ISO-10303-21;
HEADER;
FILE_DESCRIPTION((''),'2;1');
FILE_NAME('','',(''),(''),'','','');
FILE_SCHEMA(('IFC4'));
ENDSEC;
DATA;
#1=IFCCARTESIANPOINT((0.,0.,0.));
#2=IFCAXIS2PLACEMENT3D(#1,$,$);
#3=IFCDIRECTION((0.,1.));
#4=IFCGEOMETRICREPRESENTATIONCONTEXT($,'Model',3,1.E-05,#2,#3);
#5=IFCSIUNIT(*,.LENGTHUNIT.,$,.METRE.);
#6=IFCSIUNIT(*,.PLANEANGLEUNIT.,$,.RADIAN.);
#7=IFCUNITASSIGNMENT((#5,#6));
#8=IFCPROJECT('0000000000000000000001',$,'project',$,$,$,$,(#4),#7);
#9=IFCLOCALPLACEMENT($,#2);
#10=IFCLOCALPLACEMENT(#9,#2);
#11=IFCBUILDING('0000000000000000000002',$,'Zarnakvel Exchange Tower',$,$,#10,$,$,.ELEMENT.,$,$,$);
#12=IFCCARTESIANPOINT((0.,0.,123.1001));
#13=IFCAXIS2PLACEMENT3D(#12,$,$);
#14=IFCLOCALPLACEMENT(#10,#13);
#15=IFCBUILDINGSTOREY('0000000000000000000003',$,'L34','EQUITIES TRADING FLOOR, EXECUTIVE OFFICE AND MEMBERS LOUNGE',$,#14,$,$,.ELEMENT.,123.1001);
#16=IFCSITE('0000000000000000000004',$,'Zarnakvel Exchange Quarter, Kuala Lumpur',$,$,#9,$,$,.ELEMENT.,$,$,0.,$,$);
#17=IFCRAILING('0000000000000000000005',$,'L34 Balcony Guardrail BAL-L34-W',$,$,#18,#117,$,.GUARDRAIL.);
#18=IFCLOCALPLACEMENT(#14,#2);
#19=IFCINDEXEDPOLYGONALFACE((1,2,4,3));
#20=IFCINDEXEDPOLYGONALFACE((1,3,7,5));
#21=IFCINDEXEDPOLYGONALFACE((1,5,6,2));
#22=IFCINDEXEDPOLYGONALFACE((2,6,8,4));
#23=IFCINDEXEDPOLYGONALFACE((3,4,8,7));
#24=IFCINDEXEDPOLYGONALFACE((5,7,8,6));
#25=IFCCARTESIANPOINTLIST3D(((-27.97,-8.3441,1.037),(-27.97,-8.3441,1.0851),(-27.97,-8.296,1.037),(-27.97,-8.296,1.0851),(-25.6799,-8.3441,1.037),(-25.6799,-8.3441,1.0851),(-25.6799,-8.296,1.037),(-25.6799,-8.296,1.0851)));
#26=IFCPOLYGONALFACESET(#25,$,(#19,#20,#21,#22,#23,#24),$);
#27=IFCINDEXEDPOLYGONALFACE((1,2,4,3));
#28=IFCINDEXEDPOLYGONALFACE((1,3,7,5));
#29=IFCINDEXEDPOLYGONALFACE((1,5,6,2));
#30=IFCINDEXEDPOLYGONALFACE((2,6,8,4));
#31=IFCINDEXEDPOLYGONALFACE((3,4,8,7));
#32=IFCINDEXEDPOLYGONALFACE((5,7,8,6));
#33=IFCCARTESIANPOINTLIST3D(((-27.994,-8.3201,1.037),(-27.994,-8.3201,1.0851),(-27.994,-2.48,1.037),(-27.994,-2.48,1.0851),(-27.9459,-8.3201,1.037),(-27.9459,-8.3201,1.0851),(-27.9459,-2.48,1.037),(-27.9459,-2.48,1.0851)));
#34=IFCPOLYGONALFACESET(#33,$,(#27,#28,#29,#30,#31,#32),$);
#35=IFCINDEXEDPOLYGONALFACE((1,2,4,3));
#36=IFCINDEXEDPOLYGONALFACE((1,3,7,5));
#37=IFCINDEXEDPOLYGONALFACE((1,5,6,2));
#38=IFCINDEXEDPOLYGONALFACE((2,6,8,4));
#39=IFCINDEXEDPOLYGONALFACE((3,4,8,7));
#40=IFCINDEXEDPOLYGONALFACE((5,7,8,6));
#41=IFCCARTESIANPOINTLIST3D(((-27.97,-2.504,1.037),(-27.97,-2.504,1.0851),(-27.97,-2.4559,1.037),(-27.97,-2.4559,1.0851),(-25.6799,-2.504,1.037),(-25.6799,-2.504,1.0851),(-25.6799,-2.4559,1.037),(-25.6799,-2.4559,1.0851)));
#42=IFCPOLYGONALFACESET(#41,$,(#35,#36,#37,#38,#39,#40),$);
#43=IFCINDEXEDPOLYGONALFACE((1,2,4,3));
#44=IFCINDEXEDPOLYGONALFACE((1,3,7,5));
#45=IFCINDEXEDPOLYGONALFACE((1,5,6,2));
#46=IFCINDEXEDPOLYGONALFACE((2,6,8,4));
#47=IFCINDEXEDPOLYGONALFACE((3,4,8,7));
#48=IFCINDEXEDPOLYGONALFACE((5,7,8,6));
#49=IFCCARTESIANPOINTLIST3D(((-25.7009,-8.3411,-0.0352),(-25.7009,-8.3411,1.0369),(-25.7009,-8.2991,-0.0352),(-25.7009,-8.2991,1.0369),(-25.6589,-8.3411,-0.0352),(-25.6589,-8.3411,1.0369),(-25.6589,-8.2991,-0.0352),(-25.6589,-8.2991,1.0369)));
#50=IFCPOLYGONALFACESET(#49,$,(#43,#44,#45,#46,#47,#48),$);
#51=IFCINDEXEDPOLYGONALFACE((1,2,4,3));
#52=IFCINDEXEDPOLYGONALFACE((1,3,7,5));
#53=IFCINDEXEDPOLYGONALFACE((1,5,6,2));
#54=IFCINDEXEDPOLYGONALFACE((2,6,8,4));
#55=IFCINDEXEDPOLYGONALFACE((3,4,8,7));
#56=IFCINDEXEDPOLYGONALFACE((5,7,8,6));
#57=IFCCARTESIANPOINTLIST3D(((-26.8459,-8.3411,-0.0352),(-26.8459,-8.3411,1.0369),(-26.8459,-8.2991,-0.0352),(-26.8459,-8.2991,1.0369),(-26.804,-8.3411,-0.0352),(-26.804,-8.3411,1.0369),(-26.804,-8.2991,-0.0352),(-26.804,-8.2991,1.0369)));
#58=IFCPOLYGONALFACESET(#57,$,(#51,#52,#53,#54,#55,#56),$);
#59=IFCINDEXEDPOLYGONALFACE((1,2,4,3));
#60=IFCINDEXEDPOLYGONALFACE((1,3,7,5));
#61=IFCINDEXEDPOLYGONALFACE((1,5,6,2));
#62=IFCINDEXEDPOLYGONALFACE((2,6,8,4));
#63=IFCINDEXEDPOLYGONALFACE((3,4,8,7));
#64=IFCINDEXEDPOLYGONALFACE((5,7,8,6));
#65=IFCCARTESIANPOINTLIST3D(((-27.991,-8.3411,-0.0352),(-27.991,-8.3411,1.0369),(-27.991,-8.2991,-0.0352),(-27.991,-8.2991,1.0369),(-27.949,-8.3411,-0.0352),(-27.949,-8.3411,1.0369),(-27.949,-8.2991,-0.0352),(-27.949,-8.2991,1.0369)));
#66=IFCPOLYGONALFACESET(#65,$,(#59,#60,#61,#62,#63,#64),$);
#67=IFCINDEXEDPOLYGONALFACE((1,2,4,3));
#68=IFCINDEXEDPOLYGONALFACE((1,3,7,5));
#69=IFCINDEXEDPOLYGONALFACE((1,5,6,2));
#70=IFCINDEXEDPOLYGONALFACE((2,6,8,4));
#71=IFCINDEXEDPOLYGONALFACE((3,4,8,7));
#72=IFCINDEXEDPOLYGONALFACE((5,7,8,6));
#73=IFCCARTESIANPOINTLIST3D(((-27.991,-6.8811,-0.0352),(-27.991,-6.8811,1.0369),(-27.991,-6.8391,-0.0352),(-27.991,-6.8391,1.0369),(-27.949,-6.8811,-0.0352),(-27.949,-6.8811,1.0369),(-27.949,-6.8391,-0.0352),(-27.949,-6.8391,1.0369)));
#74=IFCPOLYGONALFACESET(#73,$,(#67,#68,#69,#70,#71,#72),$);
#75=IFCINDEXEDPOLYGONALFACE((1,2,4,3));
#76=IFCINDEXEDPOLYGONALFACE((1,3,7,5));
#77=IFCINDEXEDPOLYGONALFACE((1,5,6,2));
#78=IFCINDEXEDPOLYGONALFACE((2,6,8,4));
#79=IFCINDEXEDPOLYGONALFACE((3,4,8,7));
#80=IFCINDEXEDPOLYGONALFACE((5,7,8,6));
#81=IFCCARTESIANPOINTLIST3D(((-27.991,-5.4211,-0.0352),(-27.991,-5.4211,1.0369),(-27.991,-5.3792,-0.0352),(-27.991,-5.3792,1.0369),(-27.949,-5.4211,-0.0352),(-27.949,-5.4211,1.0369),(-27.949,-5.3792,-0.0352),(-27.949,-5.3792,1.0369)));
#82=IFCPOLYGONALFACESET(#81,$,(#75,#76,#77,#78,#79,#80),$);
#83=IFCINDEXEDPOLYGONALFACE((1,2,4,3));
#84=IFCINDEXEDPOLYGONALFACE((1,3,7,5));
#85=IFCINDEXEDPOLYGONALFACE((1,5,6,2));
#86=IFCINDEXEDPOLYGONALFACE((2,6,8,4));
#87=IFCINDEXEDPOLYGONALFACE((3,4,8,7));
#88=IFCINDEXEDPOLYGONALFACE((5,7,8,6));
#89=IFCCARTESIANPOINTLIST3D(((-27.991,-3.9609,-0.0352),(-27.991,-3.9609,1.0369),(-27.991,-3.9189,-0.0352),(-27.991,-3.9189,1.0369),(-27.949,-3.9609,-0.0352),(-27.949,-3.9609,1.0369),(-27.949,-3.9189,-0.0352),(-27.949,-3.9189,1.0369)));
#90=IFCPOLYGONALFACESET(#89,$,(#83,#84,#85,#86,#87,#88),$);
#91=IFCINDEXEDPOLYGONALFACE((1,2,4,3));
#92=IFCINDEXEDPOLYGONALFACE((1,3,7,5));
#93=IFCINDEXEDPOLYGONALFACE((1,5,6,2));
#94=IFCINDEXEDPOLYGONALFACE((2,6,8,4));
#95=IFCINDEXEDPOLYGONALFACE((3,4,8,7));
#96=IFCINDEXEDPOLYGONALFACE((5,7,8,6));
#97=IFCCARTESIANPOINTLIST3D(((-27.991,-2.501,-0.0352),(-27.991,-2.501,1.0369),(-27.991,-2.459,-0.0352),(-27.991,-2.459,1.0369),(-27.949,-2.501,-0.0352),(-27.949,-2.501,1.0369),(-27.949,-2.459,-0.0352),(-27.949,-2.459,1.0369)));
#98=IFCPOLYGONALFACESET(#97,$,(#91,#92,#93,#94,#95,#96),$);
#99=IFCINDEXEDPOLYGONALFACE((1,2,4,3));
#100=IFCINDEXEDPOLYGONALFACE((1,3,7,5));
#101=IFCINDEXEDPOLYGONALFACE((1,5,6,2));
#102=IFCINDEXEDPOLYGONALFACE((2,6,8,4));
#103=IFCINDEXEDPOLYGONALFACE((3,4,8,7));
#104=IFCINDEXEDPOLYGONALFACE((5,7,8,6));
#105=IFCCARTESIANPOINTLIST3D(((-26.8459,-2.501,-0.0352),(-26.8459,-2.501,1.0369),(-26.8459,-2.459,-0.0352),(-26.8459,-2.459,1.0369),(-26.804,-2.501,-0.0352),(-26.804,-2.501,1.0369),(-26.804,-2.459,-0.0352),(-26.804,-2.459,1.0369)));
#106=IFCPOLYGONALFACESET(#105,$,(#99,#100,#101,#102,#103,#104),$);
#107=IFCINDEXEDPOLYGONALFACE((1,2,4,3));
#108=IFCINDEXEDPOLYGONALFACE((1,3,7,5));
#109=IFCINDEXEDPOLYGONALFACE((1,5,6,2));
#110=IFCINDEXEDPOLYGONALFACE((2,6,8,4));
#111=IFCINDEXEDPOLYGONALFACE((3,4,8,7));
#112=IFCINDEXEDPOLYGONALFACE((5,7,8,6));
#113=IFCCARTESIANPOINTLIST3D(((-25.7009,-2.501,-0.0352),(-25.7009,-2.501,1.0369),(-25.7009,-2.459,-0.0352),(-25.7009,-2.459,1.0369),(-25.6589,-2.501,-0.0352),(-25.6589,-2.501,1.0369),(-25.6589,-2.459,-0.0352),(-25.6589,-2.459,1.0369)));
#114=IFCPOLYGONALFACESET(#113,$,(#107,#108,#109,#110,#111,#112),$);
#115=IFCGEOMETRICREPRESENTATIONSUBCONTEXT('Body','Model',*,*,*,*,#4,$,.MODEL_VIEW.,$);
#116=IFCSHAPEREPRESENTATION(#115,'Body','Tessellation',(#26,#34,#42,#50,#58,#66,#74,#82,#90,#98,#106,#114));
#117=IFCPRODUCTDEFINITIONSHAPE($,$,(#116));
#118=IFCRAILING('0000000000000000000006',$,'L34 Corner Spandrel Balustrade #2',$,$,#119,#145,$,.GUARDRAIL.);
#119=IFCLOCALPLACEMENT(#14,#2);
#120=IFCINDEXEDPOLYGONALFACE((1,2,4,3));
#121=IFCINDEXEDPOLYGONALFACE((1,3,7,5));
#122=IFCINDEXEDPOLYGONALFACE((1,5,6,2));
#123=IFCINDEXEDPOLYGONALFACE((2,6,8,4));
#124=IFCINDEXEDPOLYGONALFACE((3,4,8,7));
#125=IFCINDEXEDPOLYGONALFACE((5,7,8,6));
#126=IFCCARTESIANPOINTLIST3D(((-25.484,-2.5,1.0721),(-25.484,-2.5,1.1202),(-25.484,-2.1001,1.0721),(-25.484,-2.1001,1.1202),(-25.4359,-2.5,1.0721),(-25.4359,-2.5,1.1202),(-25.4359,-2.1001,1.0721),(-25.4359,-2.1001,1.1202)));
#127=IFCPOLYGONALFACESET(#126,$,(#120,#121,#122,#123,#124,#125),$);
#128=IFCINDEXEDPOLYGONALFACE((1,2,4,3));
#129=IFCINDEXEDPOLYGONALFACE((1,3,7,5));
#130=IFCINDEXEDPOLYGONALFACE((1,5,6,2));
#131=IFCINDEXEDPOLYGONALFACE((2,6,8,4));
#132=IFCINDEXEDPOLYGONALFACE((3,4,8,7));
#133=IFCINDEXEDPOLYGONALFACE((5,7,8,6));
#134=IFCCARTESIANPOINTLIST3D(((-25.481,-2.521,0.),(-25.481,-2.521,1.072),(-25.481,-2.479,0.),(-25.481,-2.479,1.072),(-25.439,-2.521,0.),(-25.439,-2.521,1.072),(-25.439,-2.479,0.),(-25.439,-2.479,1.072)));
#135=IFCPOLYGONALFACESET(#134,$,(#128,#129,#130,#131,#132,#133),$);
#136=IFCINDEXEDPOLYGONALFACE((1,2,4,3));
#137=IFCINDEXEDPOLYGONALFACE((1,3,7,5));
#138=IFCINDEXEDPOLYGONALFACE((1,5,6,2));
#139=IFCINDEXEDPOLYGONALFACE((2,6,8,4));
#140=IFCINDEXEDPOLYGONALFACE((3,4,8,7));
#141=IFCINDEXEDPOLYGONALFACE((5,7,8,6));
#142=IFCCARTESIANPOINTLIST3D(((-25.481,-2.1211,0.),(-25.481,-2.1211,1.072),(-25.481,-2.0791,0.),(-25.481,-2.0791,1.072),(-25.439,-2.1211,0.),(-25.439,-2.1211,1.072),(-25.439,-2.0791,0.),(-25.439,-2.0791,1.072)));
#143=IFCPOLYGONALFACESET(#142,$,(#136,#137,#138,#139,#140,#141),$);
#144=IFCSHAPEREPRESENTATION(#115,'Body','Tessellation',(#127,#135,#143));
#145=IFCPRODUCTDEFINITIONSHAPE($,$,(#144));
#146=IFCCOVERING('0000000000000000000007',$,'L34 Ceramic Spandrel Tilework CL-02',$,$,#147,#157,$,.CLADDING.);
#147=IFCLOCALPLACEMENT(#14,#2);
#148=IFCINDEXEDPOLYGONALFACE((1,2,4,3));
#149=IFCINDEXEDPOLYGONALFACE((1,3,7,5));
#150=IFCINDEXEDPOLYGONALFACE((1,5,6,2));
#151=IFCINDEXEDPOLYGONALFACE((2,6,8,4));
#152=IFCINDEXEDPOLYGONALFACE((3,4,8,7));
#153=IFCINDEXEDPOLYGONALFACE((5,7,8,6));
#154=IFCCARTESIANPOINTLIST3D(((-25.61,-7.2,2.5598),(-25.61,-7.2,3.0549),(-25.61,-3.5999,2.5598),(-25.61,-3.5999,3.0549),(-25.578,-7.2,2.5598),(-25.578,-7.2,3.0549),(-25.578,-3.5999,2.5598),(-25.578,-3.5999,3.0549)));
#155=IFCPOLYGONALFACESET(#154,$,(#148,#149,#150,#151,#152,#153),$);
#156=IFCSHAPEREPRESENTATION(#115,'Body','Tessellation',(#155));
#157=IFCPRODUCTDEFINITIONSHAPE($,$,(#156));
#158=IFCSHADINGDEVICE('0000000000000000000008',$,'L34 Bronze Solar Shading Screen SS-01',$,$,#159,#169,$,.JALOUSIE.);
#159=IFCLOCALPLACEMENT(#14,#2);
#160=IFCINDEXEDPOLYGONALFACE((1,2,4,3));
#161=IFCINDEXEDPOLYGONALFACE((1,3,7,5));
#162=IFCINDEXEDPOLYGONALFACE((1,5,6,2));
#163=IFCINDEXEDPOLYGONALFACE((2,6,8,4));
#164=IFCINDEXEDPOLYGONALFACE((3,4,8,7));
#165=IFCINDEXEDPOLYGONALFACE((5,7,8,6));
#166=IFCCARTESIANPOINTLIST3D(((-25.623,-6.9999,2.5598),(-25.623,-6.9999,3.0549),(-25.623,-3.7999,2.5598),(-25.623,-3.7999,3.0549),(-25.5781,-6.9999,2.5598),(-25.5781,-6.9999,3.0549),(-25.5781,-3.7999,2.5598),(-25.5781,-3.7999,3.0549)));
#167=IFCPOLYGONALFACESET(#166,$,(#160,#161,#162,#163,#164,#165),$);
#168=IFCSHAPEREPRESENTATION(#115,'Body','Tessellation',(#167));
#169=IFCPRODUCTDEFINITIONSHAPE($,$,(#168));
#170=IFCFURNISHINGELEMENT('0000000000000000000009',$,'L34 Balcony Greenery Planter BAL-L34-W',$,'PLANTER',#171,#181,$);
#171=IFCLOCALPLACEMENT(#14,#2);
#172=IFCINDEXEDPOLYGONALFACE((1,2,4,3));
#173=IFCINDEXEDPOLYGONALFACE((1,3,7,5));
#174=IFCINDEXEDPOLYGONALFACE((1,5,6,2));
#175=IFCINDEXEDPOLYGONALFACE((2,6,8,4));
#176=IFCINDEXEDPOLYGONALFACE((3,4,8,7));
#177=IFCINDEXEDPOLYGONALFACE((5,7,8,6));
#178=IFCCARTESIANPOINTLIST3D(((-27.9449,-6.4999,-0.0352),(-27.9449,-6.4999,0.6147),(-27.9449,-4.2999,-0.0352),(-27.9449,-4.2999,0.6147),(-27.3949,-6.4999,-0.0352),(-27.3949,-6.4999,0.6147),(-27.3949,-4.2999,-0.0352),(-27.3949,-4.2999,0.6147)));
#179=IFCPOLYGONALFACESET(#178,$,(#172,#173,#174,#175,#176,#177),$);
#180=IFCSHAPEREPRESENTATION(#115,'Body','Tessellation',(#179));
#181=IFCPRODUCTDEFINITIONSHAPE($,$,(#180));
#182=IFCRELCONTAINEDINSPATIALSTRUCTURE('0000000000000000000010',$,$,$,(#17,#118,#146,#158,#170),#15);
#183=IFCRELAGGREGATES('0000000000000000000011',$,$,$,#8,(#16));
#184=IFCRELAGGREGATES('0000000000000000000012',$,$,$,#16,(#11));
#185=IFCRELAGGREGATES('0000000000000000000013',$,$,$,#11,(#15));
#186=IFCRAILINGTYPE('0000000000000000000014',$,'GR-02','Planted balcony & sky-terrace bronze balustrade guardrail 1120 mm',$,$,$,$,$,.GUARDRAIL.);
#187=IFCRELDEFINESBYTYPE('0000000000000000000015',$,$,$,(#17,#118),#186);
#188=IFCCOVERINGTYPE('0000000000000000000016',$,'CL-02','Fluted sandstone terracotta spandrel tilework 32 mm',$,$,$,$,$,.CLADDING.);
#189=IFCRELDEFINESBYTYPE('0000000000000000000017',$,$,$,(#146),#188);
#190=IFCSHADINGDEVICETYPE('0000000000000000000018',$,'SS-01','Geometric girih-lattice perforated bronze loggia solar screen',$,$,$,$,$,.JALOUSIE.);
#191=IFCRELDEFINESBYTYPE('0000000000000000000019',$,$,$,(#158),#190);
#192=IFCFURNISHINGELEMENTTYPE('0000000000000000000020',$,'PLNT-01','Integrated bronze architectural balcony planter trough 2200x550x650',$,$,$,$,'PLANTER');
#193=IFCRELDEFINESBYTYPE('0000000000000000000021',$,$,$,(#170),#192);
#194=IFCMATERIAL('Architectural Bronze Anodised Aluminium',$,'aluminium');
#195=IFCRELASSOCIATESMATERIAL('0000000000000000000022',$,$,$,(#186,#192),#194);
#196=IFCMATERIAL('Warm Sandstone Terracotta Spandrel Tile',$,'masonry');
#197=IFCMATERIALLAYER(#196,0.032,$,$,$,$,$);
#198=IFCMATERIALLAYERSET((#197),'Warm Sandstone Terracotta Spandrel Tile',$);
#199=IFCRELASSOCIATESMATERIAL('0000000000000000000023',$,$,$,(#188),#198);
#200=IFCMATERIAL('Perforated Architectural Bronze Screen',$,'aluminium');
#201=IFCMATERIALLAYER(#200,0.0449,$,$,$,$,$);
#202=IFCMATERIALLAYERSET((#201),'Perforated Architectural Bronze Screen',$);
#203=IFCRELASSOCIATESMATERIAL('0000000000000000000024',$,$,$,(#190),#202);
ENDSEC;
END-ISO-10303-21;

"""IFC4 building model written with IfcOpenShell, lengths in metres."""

from ifc_helpers import new_model, si_unit, direction, frame, origin, origin_2d, place, context, subcontext, project, spatial, rectangle, extrude, source, transform, mapped, material, layer, layer_set, type_object, element, save


model = new_model("IFC4")

# Units and contexts
model_context = context("Model", 3, precision=1e-05, world=origin(), true_north=direction((0.0, 1.0)))
body_context = subcontext(model_context, "Body", "Model", "MODEL_VIEW")
ifc_project = project(units=[si_unit("LENGTHUNIT", "METRE"), si_unit("PLANEANGLEUNIT", "RADIAN")], contexts=[model_context])

# Site, building, storey
site_placement = place(None, origin())
site = spatial("IfcSite", under=ifc_project, at=site_placement, Name="Zarnakvel Exchange Quarter, Kuala Lumpur", CompositionType="ELEMENT", RefElevation=0.0)
building_placement = place(site_placement, origin())
building = spatial("IfcBuilding", under=site, at=building_placement, Name="Zarnakvel Exchange Tower", CompositionType="ELEMENT")
storey_placement = place(building_placement, frame((0.0, 0.0, 123.1001)))
storey = spatial("IfcBuildingStorey", under=building, at=storey_placement, Name="L34", Description="EQUITIES TRADING FLOOR, EXECUTIVE OFFICE AND MEMBERS LOUNGE", CompositionType="ELEMENT", Elevation=123.1001)

# Shared definitions
ifc_material_1 = material(Name="Architectural Bronze Anodised Aluminium", Category="aluminium")

# Railings
railing_type = type_object("IfcRailingType", Name="GR-02", Description="Planted balcony & sky-terrace bronze balustrade guardrail 1120 mm", PredefinedType="GUARDRAIL", material=ifc_material_1)
railing_1_placement = place(storey_placement, frame((-25.6799, -8.3201, -0.0352)))
element("IfcRailing", 1, at=railing_1_placement, inside=storey, type_object=railing_type, Name="L34 Balcony Guardrail BAL-L34-W", PredefinedType="GUARDRAIL", context=body_context, shape_type="SweptSolid", body=[
    extrude(rectangle(XDim=0.0481, YDim=0.0481, at=origin_2d()), frame((0.0, 0.0, 1.0962), z_axis=(-1.0, 0.0, 0.0), x_axis=(0.0, -1.0, 0.0)), (0.0, 0.0, 1.0), 2.29),
    extrude(rectangle(XDim=0.0481, YDim=0.0481, at=origin_2d()), frame((-2.29, 0.0, 1.0962), z_axis=(0.0, 1.0, 0.0), x_axis=(-1.0, 0.0, 0.0)), (0.0, 0.0, 1.0), 5.8401),
    extrude(rectangle(XDim=0.0481, YDim=0.0481, at=origin_2d()), frame((-2.29, 5.8401, 1.0962), z_axis=(1.0, 0.0, 0.0), x_axis=(0.0, 1.0, 0.0)), (0.0, 0.0, 1.0), 2.29),
    extrude(rectangle(XDim=0.042, YDim=0.042, at=origin_2d()), origin(), (0.0, 0.0, 1.0), 1.072),
    extrude(rectangle(XDim=0.042, YDim=0.042, at=origin_2d()), frame((-1.145, 0.0, 0.0)), (0.0, 0.0, 1.0), 1.072),
    extrude(rectangle(XDim=0.042, YDim=0.042, at=origin_2d()), frame((-2.29, 0.0, 0.0)), (0.0, 0.0, 1.0), 1.072),
    extrude(rectangle(XDim=0.042, YDim=0.042, at=origin_2d()), frame((-2.29, 1.46, 0.0)), (0.0, 0.0, 1.0), 1.072),
    extrude(rectangle(XDim=0.042, YDim=0.042, at=origin_2d()), frame((-2.29, 2.9199, 0.0)), (0.0, 0.0, 1.0), 1.072),
    extrude(rectangle(XDim=0.042, YDim=0.042, at=origin_2d()), frame((-2.29, 4.3801, 0.0)), (0.0, 0.0, 1.0), 1.072),
    extrude(rectangle(XDim=0.042, YDim=0.042, at=origin_2d()), frame((-2.29, 5.8401, 0.0)), (0.0, 0.0, 1.0), 1.072),
    extrude(rectangle(XDim=0.042, YDim=0.042, at=origin_2d()), frame((-1.145, 5.8401, 0.0)), (0.0, 0.0, 1.0), 1.072),
    extrude(rectangle(XDim=0.042, YDim=0.042, at=origin_2d()), frame((0.0, 5.8401, 0.0)), (0.0, 0.0, 1.0), 1.072),
])
railing_2_placement = place(storey_placement, frame((-25.46, -2.5, 0.0)))
element("IfcRailing", 2, at=railing_2_placement, inside=storey, type_object=railing_type, Name="L34 Corner Spandrel Balustrade #2", PredefinedType="GUARDRAIL", context=body_context, shape_type="SweptSolid", body=[
    extrude(rectangle(XDim=0.0481, YDim=0.0481, at=origin_2d()), frame((0.0, 0.0, 1.0962), z_axis=(0.0, 1.0, 0.0), x_axis=(-1.0, 0.0, 0.0)), (0.0, 0.0, 1.0), 0.3999),
    extrude(rectangle(XDim=0.042, YDim=0.042, at=origin_2d()), origin(), (0.0, 0.0, 1.0), 1.072),
    extrude(rectangle(XDim=0.042, YDim=0.042, at=origin_2d()), frame((0.0, 0.3999, 0.0)), (0.0, 0.0, 1.0), 1.072),
])

# Covering
ifc_material_2 = material(Name="Warm Sandstone Terracotta Spandrel Tile", Category="masonry")
ifc_layer_1 = layer(ifc_material_2, 0.032)
ifc_layer_set_1 = layer_set([ifc_layer_1], Name="Warm Sandstone Terracotta Spandrel Tile")
covering_type = type_object("IfcCoveringType", Name="CL-02", Description="Fluted sandstone terracotta spandrel tilework 32 mm", PredefinedType="CLADDING", material=ifc_layer_set_1)
shared_shape_1 = source(origin(), body_context, "Body", "SweptSolid", [
    extrude(rectangle(XDim=3.6001, YDim=0.032, at=origin_2d()), origin(), (0.0, 0.0, 1.0), 0.4951),
])
covering_placement = place(storey_placement, frame((-25.594, -5.3999, 2.5598), z_axis=(0.0, 0.0, 1.0), x_axis=(0.0, 1.0, 0.0)))
element("IfcCovering", 3, at=covering_placement, inside=storey, type_object=covering_type, Name="L34 Ceramic Spandrel Tilework CL-02", PredefinedType="CLADDING", context=body_context, shape_type="MappedRepresentation", body=[
    mapped(shared_shape_1, transform((0.0, 0.0, 0.0), x_axis=(1.0, 0.0, 0.0), y_axis=(0.0, 1.0, 0.0), z_axis=(0.0, 0.0, 1.0), scale=1.0)),
])

# Shading device
ifc_material_3 = material(Name="Perforated Architectural Bronze Screen", Category="aluminium")
ifc_layer_2 = layer(ifc_material_3, 0.0449)
ifc_layer_set_2 = layer_set([ifc_layer_2], Name="Perforated Architectural Bronze Screen")
shading_device_type = type_object("IfcShadingDeviceType", Name="SS-01", Description="Geometric girih-lattice perforated bronze loggia solar screen", PredefinedType="JALOUSIE", material=ifc_layer_set_2)
shared_shape_2 = source(origin(), body_context, "Body", "SweptSolid", [
    extrude(rectangle(XDim=3.2, YDim=0.0449, at=origin_2d()), origin(), (0.0, 0.0, 1.0), 0.4951),
])
shading_device_placement = place(storey_placement, frame((-25.6006, -5.3999, 2.5598), z_axis=(0.0, 0.0, 1.0), x_axis=(0.0, 1.0, 0.0)))
element("IfcShadingDevice", 4, at=shading_device_placement, inside=storey, type_object=shading_device_type, Name="L34 Bronze Solar Shading Screen SS-01", PredefinedType="JALOUSIE", context=body_context, shape_type="MappedRepresentation", body=[
    mapped(shared_shape_2, transform((0.0, 0.0, 0.0), x_axis=(1.0, 0.0, 0.0), y_axis=(0.0, 1.0, 0.0), z_axis=(0.0, 0.0, 1.0), scale=1.0)),
])

# Furnishing element
furnishing_element_type = type_object("IfcFurnishingElementType", Name="PLNT-01", Description="Integrated bronze architectural balcony planter trough 2200x550x650", ElementType="PLANTER", material=ifc_material_1)
shared_shape_3 = source(origin(), body_context, "Body", "SweptSolid", [
    extrude(rectangle(XDim=2.2, YDim=0.55, at=origin_2d()), origin(), (0.0, 0.0, 1.0), 0.6499),
])
furnishing_placement = place(storey_placement, frame((-27.6699, -5.3999, -0.0352), z_axis=(0.0, 0.0, 1.0), x_axis=(0.0, 1.0, 0.0)))
element("IfcFurnishingElement", 5, at=furnishing_placement, inside=storey, type_object=furnishing_element_type, Name="L34 Balcony Greenery Planter BAL-L34-W", ObjectType="PLANTER", context=body_context, shape_type="MappedRepresentation", body=[
    mapped(shared_shape_3, transform((0.0, 0.0, 0.0), x_axis=(1.0, 0.0, 0.0), y_axis=(0.0, 1.0, 0.0), z_axis=(0.0, 0.0, 1.0), scale=1.0)),
])

save(model, "model.ifc")
